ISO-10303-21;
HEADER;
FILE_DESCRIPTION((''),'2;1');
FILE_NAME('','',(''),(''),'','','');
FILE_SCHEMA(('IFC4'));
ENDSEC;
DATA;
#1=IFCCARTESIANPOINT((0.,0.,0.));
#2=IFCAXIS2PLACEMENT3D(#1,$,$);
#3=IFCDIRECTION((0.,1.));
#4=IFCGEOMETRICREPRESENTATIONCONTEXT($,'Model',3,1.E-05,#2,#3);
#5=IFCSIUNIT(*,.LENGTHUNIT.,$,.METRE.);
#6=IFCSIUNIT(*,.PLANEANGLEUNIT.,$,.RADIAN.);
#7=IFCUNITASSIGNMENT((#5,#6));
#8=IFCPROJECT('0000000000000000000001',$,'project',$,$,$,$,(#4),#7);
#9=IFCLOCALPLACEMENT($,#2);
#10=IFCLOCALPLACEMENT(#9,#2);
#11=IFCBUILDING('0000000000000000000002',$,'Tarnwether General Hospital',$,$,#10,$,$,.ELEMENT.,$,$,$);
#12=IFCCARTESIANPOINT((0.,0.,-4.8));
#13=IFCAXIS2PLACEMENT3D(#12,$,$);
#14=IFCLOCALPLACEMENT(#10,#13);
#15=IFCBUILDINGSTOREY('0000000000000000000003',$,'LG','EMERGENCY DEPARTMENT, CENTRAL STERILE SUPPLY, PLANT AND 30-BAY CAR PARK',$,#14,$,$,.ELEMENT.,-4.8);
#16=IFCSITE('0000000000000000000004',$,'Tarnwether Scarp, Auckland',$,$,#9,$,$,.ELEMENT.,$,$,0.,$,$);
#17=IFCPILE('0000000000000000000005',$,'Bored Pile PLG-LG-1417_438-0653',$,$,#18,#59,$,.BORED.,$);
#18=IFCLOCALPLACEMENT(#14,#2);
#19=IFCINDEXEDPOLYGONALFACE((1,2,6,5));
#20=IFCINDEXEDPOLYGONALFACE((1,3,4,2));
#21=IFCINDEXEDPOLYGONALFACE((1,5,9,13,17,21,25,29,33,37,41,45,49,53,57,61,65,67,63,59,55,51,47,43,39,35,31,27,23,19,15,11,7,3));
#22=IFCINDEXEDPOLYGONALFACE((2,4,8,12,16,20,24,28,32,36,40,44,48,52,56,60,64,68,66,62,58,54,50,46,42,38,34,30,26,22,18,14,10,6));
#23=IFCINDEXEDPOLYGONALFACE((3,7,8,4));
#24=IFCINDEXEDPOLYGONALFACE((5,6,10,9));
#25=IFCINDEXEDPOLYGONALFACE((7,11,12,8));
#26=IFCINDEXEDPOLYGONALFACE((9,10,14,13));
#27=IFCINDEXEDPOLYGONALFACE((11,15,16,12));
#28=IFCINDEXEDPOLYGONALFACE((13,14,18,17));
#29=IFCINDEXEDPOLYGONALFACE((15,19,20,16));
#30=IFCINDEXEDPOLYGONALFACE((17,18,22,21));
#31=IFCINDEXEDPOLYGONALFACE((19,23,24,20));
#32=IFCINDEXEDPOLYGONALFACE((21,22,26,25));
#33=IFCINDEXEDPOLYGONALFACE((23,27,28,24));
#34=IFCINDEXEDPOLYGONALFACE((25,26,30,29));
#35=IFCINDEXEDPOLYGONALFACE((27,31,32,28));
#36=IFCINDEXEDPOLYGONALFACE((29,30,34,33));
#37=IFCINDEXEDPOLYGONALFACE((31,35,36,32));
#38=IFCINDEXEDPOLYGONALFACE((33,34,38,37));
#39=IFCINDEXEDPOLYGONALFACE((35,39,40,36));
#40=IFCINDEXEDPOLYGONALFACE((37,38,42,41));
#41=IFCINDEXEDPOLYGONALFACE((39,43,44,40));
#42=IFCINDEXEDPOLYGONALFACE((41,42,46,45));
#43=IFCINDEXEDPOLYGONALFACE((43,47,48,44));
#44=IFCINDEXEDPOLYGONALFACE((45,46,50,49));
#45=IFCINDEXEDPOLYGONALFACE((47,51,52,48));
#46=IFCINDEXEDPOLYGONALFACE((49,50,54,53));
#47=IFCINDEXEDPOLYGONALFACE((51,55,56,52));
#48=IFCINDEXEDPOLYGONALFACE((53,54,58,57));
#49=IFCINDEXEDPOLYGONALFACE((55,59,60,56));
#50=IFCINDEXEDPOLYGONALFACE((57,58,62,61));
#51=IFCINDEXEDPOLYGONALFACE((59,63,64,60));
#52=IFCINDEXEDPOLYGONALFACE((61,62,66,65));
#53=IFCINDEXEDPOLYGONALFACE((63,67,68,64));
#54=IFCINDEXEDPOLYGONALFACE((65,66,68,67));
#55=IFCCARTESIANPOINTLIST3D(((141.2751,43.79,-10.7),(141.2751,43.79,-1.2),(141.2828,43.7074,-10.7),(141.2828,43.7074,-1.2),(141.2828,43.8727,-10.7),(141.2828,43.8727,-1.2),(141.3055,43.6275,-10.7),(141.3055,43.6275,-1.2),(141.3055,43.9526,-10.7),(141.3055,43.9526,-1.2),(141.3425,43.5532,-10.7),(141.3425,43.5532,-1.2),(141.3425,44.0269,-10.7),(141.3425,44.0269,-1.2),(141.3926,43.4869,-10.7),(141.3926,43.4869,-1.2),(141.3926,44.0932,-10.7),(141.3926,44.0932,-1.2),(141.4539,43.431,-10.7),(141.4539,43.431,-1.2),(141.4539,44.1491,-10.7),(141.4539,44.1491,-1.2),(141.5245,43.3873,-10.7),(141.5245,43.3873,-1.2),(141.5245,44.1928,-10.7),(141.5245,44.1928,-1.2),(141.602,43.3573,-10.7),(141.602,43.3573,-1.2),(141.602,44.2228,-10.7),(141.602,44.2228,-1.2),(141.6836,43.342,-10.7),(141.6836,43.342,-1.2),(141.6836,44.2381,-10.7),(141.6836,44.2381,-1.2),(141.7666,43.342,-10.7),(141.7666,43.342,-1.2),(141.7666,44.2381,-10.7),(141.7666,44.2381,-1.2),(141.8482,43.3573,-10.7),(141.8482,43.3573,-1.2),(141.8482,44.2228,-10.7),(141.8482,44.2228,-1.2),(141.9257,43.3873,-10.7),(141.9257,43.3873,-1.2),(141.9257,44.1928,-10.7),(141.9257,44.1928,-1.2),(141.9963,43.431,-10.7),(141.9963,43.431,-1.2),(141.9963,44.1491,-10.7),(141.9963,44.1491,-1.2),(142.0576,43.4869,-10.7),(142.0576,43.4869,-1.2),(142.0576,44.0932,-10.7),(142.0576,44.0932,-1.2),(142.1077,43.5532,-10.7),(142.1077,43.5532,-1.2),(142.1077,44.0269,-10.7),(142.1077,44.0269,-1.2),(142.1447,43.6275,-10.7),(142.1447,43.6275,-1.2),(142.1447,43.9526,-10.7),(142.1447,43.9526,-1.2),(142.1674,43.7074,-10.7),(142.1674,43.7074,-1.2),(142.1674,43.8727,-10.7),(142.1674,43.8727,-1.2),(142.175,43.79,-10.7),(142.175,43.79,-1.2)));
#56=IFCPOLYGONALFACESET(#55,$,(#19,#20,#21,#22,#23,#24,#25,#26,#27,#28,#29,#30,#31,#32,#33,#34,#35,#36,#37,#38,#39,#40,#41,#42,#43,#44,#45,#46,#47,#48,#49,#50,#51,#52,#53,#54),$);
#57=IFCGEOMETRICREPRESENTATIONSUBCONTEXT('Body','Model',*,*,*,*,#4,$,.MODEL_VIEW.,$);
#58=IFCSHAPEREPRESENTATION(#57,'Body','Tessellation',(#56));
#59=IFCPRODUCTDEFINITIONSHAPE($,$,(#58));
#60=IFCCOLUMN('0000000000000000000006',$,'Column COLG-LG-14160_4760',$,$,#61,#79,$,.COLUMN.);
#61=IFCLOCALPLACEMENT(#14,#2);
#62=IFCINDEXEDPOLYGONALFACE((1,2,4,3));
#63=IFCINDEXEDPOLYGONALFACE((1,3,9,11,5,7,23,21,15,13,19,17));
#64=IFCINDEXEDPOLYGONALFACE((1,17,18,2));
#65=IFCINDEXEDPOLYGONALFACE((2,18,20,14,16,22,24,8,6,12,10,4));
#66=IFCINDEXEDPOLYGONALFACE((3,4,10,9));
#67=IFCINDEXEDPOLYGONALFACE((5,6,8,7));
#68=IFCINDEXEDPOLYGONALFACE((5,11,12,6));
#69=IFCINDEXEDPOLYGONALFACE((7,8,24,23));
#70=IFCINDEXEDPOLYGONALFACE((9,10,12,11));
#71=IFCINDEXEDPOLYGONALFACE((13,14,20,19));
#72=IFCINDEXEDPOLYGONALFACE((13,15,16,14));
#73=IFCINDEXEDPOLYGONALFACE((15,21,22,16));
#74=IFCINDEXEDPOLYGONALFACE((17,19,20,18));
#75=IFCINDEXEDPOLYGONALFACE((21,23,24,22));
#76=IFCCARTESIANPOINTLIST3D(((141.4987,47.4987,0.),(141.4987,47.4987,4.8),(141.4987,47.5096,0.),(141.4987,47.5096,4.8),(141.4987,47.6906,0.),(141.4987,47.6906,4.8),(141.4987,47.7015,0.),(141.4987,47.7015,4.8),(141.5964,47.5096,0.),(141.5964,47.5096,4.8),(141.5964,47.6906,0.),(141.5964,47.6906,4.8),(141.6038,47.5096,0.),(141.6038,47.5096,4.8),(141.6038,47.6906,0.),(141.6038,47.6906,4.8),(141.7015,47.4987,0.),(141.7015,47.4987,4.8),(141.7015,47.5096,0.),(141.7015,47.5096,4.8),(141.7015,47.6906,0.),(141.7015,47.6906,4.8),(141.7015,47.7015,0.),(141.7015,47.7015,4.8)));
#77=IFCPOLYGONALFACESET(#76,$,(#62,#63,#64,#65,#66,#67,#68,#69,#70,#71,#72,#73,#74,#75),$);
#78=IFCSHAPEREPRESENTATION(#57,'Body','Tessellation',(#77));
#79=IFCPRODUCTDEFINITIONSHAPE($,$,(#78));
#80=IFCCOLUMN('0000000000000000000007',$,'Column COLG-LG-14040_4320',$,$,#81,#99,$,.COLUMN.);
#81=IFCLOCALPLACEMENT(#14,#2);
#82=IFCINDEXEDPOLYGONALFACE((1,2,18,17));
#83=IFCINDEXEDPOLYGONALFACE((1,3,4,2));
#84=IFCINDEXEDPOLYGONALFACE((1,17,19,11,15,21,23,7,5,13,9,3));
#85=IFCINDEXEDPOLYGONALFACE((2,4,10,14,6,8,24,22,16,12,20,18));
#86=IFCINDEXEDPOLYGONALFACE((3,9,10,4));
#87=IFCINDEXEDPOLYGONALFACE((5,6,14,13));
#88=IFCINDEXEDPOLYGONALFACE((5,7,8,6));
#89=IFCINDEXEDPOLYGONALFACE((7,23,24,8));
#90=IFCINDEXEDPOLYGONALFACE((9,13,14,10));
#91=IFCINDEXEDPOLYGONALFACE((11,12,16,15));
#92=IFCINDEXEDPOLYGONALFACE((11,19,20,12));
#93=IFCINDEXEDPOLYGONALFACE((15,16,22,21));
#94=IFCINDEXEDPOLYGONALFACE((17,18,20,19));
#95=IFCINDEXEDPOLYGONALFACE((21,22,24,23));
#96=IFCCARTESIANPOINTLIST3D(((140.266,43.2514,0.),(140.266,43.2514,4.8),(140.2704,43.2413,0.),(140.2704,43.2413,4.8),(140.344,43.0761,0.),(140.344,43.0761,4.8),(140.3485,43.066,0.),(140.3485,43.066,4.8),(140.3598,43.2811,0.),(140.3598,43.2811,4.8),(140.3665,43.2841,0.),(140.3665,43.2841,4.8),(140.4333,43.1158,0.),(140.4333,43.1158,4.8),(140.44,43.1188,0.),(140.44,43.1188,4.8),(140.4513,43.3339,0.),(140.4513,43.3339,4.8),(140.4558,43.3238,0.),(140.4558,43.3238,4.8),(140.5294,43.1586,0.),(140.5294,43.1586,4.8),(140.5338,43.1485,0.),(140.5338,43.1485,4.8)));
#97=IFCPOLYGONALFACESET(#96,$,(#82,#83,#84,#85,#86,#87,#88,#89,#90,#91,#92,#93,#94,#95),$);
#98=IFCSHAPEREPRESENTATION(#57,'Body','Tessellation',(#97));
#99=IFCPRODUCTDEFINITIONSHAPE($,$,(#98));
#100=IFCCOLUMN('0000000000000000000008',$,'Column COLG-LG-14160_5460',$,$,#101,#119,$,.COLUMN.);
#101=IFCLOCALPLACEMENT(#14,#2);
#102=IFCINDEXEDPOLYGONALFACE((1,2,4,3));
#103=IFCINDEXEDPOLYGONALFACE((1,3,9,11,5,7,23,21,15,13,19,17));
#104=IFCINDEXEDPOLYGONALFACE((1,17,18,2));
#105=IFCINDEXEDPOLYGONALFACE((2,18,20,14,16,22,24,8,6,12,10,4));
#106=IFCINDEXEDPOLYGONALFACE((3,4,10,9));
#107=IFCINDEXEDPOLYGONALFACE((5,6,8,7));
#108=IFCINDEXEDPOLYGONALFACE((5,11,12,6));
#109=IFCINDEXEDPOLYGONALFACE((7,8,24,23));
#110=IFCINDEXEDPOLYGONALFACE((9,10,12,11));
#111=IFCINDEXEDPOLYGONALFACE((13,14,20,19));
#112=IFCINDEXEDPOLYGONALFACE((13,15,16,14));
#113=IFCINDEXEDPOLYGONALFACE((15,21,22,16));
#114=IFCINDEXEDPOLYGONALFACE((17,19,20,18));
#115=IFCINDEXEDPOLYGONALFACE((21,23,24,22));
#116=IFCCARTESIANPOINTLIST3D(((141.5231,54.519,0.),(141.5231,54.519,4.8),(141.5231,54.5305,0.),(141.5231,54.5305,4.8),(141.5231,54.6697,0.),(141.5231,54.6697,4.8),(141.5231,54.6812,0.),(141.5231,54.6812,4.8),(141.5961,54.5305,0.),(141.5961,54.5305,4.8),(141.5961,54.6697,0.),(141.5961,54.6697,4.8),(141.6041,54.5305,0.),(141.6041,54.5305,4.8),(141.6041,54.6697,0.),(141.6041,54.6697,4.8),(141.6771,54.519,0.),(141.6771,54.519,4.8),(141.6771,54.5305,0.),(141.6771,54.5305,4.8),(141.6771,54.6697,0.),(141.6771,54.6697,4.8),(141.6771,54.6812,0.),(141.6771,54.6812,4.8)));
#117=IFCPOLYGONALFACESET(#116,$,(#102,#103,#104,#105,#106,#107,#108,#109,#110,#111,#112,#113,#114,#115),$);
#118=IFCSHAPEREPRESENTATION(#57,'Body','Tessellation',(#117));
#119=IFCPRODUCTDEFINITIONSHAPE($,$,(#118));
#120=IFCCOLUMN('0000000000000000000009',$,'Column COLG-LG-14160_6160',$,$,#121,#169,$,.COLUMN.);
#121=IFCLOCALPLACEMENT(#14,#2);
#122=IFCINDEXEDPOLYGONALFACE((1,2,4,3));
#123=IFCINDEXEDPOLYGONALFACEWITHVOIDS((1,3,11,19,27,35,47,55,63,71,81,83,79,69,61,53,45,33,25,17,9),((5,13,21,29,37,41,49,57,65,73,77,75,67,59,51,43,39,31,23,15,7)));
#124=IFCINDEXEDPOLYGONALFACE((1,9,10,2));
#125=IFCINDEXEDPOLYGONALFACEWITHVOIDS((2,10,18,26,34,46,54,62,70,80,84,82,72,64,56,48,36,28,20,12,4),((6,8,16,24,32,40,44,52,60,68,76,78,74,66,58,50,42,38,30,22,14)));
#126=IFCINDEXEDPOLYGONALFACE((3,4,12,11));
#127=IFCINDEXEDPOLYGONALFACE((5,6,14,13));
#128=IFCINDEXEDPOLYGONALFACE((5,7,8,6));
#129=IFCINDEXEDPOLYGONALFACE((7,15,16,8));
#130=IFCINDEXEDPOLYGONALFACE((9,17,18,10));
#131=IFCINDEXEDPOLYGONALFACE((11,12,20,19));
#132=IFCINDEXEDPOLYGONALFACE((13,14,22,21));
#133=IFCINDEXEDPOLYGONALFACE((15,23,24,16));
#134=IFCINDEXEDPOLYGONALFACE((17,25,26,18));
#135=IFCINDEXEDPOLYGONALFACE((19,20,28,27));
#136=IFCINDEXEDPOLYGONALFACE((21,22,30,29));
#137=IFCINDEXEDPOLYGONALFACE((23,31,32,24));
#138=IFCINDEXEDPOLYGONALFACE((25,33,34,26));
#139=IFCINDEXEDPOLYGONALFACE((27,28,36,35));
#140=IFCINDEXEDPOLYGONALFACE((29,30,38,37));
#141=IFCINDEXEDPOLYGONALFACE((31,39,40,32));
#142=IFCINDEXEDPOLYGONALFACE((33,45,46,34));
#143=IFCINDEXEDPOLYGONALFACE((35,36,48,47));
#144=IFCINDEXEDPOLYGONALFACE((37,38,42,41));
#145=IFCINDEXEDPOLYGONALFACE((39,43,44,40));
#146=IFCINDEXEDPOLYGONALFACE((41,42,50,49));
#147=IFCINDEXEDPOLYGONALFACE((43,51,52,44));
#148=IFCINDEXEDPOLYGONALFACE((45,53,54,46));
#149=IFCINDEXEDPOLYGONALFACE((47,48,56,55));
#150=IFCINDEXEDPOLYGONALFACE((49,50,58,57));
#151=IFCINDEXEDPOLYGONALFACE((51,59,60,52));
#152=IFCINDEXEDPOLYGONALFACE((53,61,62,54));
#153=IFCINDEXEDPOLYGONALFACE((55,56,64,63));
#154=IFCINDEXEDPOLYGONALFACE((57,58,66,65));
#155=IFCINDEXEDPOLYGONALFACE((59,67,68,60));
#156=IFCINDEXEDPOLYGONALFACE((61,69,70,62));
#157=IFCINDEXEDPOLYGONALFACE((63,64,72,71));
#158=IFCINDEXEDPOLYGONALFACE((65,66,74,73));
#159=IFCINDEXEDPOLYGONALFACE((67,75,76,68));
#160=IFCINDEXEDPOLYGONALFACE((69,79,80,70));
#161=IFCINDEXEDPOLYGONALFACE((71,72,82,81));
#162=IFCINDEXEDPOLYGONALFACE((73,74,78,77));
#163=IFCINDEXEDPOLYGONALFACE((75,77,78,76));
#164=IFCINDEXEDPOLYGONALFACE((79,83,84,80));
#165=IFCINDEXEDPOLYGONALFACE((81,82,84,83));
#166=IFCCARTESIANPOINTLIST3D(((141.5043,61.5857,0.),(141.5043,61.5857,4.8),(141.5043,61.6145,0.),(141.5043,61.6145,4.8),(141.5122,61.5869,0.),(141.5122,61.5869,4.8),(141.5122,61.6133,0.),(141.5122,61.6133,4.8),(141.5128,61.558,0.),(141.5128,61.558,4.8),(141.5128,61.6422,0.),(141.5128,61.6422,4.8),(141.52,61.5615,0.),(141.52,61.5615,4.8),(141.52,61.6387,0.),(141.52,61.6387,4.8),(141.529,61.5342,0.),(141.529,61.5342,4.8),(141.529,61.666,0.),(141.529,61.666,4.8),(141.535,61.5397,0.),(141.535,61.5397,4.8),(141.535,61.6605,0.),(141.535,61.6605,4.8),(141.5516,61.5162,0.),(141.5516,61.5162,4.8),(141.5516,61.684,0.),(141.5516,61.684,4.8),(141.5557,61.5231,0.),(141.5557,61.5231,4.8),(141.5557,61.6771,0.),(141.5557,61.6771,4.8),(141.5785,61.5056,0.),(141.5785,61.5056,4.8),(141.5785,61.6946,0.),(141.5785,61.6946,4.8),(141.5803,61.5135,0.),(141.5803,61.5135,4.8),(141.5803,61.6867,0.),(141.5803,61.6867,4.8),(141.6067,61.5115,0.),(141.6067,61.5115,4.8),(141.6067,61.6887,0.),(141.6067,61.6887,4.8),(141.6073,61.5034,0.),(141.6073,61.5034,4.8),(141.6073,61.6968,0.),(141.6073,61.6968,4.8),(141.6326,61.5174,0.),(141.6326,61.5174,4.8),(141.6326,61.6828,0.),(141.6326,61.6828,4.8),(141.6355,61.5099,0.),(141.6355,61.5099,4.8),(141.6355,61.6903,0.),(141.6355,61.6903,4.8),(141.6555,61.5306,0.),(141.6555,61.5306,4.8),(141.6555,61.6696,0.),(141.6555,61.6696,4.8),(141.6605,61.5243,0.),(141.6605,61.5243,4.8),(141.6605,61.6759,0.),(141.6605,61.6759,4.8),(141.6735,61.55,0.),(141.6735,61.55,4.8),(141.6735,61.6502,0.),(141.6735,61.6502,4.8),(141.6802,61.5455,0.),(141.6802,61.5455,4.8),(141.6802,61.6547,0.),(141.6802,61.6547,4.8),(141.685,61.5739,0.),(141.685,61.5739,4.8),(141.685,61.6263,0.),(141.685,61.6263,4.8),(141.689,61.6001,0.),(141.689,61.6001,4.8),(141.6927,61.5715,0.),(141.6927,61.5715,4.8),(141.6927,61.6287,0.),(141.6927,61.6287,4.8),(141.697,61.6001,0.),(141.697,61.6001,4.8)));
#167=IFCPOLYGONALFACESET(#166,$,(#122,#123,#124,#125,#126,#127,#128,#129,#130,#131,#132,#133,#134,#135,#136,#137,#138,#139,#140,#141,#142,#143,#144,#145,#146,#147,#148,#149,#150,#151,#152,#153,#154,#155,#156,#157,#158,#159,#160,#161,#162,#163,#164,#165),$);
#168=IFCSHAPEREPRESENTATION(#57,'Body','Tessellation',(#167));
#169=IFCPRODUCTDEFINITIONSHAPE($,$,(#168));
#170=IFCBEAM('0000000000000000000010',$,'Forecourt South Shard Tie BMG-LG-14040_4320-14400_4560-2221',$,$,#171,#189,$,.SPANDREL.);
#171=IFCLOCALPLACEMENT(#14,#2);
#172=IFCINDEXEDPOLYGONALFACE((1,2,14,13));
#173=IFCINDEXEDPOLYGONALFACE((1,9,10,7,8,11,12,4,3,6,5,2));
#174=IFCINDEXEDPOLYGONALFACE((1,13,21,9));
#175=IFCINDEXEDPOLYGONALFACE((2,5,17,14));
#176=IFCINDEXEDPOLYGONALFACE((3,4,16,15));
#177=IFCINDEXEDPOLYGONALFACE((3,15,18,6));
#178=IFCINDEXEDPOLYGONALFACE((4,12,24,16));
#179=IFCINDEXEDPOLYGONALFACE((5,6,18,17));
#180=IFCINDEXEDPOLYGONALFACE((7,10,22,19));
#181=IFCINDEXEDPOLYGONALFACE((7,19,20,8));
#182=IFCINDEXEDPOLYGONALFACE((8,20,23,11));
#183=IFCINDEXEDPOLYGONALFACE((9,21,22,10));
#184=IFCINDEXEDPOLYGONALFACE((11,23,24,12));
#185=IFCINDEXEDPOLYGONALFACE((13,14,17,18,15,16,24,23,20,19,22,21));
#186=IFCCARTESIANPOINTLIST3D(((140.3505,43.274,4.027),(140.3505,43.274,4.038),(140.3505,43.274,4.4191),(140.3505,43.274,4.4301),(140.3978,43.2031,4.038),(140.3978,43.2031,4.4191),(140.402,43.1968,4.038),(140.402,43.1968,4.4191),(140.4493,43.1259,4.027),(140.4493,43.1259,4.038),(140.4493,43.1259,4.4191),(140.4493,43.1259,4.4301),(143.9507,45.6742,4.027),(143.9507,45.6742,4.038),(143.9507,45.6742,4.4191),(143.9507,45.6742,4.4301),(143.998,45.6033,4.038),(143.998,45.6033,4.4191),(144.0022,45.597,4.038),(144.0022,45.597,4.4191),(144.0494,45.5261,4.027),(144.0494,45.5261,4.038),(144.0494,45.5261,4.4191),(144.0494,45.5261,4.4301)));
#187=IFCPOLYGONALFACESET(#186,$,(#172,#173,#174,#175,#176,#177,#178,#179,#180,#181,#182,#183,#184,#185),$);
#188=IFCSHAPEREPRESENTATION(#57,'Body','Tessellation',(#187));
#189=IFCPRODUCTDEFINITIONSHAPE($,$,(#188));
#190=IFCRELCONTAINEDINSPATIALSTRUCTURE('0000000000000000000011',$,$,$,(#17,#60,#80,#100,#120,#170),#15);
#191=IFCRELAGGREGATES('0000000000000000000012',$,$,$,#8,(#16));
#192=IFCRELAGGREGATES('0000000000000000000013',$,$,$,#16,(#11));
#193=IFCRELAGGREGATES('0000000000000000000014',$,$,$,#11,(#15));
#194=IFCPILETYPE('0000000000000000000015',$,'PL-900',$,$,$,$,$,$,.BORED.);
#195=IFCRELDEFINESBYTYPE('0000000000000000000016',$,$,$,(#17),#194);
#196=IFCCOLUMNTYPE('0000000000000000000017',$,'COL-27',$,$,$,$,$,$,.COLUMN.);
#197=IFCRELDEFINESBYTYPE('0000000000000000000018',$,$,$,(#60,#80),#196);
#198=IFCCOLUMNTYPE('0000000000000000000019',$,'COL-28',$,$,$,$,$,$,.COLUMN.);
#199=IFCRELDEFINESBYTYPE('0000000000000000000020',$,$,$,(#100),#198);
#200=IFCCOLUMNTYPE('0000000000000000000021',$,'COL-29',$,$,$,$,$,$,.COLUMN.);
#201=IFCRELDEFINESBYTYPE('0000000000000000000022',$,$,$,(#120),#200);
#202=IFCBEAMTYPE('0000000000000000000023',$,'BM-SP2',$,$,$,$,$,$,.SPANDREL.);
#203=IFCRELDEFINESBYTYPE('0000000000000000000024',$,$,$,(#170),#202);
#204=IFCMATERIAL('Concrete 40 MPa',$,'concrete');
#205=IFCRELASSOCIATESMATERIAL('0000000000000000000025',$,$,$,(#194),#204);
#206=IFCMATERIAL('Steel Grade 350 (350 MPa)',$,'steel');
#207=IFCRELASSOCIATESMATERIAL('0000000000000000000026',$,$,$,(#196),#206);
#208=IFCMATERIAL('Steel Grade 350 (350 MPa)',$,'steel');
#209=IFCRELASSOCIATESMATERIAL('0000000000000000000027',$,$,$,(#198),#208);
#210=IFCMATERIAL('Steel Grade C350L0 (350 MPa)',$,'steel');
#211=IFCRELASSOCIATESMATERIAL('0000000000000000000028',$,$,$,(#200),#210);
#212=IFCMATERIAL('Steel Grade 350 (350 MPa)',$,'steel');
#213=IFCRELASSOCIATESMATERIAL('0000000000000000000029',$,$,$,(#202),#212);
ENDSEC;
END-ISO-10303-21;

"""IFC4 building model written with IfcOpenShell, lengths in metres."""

from ifc_helpers import new_model, si_unit, direction, frame, origin, origin_2d, place, context, subcontext, project, spatial, circle, hollow_circle, i_section, extrude, material, material_profile, profile_set, type_object, element, save


model = new_model("IFC4")

# Units and contexts
model_context = context("Model", 3, precision=1e-05, world=origin(), true_north=direction((0.0, 1.0)))
body_context = subcontext(model_context, "Body", "Model", "MODEL_VIEW")
ifc_project = project(units=[si_unit("LENGTHUNIT", "METRE"), si_unit("PLANEANGLEUNIT", "RADIAN")], contexts=[model_context])

# Site, building, storey
site_placement = place(None, origin())
site = spatial("IfcSite", under=ifc_project, at=site_placement, Name="Tarnwether Scarp, Auckland", CompositionType="ELEMENT", RefElevation=0.0)
building_placement = place(site_placement, origin())
building = spatial("IfcBuilding", under=site, at=building_placement, Name="Tarnwether General Hospital", CompositionType="ELEMENT")
storey_placement = place(building_placement, frame((0.0, 0.0, -4.8)))
storey = spatial("IfcBuildingStorey", under=building, at=storey_placement, Name="LG", Description="EMERGENCY DEPARTMENT, CENTRAL STERILE SUPPLY, PLANT AND 30-BAY CAR PARK", CompositionType="ELEMENT", Elevation=-4.8)

# Pile
ifc_material_1 = material(Name="Concrete 40 MPa", Category="concrete")
ifc_material_profile_1 = material_profile(ifc_material_1, circle(Radius=0.45, at=origin_2d()), Name="PILE-D900")
ifc_profile_set_1 = profile_set([ifc_material_profile_1], Name="Concrete 40 MPa")
pile_type_1 = type_object("IfcPileType", Name="PL-900", PredefinedType="BORED", material=ifc_profile_set_1)
for number, where, z_axis, x_axis, name in (
    (1, (141.7251, 43.79, -1.2), (0.0, 0.0, -1.0), (1.0, 0.0, 0.0), "Bored Pile PLG-LG-1417_438-0653"),
):
    element("IfcPile", number, at=place(storey_placement, frame(where, z_axis=z_axis, x_axis=x_axis)), inside=storey, type_object=pile_type_1, Name=name, PredefinedType="BORED", context=body_context, shape_type="SweptSolid", body=[
        extrude(circle(Radius=0.45, at=origin_2d()), origin(), (0.0, 0.0, 1.0), 9.5),
    ])

# Columns
ifc_material_2 = material(Name="Steel Grade 350 (350 MPa)", Category="steel")
ifc_material_profile_2 = material_profile(ifc_material_2, i_section(OverallWidth=0.2029, OverallDepth=0.2029, WebThickness=0.0073, FlangeThickness=0.011, at=origin_2d()), Name="200UC46.2")
ifc_profile_set_2 = profile_set([ifc_material_profile_2], Name="Steel Grade 350 (350 MPa)")
column_type_1 = type_object("IfcColumnType", Name="COL-27", PredefinedType="COLUMN", material=ifc_profile_set_2)
for number, where, z_axis, x_axis, name in (
    (2, (141.6001, 47.6001, 0.0), (0.0, 0.0, 1.0), (1.0, 0.0, 0.0), "Column COLG-LG-14160_4760"),
    (3, (140.3999, 43.2, 0.0), (0.0, 0.0, 1.0), (0.913545, 0.406737, 0.0), "Column COLG-LG-14040_4320"),
):
    element("IfcColumn", number, at=place(storey_placement, frame(where, z_axis=z_axis, x_axis=x_axis)), inside=storey, type_object=column_type_1, Name=name, PredefinedType="COLUMN", context=body_context, shape_type="SweptSolid", body=[
        extrude(i_section(OverallWidth=0.2029, OverallDepth=0.2029, WebThickness=0.0073, FlangeThickness=0.011, at=origin_2d()), origin(), (0.0, 0.0, 1.0), 4.8),
    ])
ifc_material_3 = material(Name="Steel Grade 350 (350 MPa)", Category="steel")
ifc_material_profile_3 = material_profile(ifc_material_3, i_section(OverallWidth=0.1541, OverallDepth=0.1621, WebThickness=0.0081, FlangeThickness=0.0115, at=origin_2d()), Name="150UC37.2")
ifc_profile_set_3 = profile_set([ifc_material_profile_3], Name="Steel Grade 350 (350 MPa)")
column_type_2 = type_object("IfcColumnType", Name="COL-28", PredefinedType="COLUMN", material=ifc_profile_set_3)
column_1_placement = place(storey_placement, frame((141.6001, 54.6001, 0.0), z_axis=(0.0, 0.0, 1.0), x_axis=(1.0, 0.0, 0.0)))
element("IfcColumn", 4, at=column_1_placement, inside=storey, type_object=column_type_2, Name="Column COLG-LG-14160_5460", PredefinedType="COLUMN", context=body_context, shape_type="SweptSolid", body=[
    extrude(i_section(OverallWidth=0.1541, OverallDepth=0.1621, WebThickness=0.0081, FlangeThickness=0.0115, at=origin_2d()), origin(), (0.0, 0.0, 1.0), 4.8),
])
ifc_material_4 = material(Name="Steel Grade C350L0 (350 MPa)", Category="steel")
ifc_material_profile_4 = material_profile(ifc_material_4, hollow_circle(Radius=0.0969, WallThickness=0.0081, at=origin_2d()), Name="CHS193.7x8.0")
ifc_profile_set_4 = profile_set([ifc_material_profile_4], Name="Steel Grade C350L0 (350 MPa)")
column_type_3 = type_object("IfcColumnType", Name="COL-29", PredefinedType="COLUMN", material=ifc_profile_set_4)
column_2_placement = place(storey_placement, frame((141.6001, 61.6001, 0.0), z_axis=(0.0, 0.0, 1.0), x_axis=(1.0, 0.0, 0.0)))
element("IfcColumn", 5, at=column_2_placement, inside=storey, type_object=column_type_3, Name="Column COLG-LG-14160_6160", PredefinedType="COLUMN", context=body_context, shape_type="SweptSolid", body=[
    extrude(hollow_circle(Radius=0.0969, WallThickness=0.0081, at=origin_2d()), origin(), (0.0, 0.0, 1.0), 4.8),
])

# Beam
ifc_material_5 = material(Name="Steel Grade 350 (350 MPa)", Category="steel")
ifc_material_profile_5 = material_profile(ifc_material_5, i_section(OverallWidth=0.178, OverallDepth=0.4031, WebThickness=0.0076, FlangeThickness=0.011, at=origin_2d()), Name="410UB53.7")
ifc_profile_set_5 = profile_set([ifc_material_profile_5], Name="Steel Grade 350 (350 MPa)")
beam_type = type_object("IfcBeamType", Name="BM-SP2", PredefinedType="SPANDREL", material=ifc_profile_set_5)
beam_placement = place(storey_placement, frame((140.3999, 43.2, 4.2285), z_axis=(0.832042, 0.554713, 0.0), x_axis=(-0.554713, 0.832042, 0.0)))
element("IfcBeam", 6, at=beam_placement, inside=storey, type_object=beam_type, Name="Forecourt South Shard Tie BMG-LG-14040_4320-14400_4560-2221", PredefinedType="SPANDREL", context=body_context, shape_type="SweptSolid", body=[
    extrude(i_section(OverallWidth=0.178, OverallDepth=0.4031, WebThickness=0.0076, FlangeThickness=0.011, at=origin_2d()), origin(), (0.0, 0.0, 1.0), 4.3269),
])

save(model, "model.ifc")
